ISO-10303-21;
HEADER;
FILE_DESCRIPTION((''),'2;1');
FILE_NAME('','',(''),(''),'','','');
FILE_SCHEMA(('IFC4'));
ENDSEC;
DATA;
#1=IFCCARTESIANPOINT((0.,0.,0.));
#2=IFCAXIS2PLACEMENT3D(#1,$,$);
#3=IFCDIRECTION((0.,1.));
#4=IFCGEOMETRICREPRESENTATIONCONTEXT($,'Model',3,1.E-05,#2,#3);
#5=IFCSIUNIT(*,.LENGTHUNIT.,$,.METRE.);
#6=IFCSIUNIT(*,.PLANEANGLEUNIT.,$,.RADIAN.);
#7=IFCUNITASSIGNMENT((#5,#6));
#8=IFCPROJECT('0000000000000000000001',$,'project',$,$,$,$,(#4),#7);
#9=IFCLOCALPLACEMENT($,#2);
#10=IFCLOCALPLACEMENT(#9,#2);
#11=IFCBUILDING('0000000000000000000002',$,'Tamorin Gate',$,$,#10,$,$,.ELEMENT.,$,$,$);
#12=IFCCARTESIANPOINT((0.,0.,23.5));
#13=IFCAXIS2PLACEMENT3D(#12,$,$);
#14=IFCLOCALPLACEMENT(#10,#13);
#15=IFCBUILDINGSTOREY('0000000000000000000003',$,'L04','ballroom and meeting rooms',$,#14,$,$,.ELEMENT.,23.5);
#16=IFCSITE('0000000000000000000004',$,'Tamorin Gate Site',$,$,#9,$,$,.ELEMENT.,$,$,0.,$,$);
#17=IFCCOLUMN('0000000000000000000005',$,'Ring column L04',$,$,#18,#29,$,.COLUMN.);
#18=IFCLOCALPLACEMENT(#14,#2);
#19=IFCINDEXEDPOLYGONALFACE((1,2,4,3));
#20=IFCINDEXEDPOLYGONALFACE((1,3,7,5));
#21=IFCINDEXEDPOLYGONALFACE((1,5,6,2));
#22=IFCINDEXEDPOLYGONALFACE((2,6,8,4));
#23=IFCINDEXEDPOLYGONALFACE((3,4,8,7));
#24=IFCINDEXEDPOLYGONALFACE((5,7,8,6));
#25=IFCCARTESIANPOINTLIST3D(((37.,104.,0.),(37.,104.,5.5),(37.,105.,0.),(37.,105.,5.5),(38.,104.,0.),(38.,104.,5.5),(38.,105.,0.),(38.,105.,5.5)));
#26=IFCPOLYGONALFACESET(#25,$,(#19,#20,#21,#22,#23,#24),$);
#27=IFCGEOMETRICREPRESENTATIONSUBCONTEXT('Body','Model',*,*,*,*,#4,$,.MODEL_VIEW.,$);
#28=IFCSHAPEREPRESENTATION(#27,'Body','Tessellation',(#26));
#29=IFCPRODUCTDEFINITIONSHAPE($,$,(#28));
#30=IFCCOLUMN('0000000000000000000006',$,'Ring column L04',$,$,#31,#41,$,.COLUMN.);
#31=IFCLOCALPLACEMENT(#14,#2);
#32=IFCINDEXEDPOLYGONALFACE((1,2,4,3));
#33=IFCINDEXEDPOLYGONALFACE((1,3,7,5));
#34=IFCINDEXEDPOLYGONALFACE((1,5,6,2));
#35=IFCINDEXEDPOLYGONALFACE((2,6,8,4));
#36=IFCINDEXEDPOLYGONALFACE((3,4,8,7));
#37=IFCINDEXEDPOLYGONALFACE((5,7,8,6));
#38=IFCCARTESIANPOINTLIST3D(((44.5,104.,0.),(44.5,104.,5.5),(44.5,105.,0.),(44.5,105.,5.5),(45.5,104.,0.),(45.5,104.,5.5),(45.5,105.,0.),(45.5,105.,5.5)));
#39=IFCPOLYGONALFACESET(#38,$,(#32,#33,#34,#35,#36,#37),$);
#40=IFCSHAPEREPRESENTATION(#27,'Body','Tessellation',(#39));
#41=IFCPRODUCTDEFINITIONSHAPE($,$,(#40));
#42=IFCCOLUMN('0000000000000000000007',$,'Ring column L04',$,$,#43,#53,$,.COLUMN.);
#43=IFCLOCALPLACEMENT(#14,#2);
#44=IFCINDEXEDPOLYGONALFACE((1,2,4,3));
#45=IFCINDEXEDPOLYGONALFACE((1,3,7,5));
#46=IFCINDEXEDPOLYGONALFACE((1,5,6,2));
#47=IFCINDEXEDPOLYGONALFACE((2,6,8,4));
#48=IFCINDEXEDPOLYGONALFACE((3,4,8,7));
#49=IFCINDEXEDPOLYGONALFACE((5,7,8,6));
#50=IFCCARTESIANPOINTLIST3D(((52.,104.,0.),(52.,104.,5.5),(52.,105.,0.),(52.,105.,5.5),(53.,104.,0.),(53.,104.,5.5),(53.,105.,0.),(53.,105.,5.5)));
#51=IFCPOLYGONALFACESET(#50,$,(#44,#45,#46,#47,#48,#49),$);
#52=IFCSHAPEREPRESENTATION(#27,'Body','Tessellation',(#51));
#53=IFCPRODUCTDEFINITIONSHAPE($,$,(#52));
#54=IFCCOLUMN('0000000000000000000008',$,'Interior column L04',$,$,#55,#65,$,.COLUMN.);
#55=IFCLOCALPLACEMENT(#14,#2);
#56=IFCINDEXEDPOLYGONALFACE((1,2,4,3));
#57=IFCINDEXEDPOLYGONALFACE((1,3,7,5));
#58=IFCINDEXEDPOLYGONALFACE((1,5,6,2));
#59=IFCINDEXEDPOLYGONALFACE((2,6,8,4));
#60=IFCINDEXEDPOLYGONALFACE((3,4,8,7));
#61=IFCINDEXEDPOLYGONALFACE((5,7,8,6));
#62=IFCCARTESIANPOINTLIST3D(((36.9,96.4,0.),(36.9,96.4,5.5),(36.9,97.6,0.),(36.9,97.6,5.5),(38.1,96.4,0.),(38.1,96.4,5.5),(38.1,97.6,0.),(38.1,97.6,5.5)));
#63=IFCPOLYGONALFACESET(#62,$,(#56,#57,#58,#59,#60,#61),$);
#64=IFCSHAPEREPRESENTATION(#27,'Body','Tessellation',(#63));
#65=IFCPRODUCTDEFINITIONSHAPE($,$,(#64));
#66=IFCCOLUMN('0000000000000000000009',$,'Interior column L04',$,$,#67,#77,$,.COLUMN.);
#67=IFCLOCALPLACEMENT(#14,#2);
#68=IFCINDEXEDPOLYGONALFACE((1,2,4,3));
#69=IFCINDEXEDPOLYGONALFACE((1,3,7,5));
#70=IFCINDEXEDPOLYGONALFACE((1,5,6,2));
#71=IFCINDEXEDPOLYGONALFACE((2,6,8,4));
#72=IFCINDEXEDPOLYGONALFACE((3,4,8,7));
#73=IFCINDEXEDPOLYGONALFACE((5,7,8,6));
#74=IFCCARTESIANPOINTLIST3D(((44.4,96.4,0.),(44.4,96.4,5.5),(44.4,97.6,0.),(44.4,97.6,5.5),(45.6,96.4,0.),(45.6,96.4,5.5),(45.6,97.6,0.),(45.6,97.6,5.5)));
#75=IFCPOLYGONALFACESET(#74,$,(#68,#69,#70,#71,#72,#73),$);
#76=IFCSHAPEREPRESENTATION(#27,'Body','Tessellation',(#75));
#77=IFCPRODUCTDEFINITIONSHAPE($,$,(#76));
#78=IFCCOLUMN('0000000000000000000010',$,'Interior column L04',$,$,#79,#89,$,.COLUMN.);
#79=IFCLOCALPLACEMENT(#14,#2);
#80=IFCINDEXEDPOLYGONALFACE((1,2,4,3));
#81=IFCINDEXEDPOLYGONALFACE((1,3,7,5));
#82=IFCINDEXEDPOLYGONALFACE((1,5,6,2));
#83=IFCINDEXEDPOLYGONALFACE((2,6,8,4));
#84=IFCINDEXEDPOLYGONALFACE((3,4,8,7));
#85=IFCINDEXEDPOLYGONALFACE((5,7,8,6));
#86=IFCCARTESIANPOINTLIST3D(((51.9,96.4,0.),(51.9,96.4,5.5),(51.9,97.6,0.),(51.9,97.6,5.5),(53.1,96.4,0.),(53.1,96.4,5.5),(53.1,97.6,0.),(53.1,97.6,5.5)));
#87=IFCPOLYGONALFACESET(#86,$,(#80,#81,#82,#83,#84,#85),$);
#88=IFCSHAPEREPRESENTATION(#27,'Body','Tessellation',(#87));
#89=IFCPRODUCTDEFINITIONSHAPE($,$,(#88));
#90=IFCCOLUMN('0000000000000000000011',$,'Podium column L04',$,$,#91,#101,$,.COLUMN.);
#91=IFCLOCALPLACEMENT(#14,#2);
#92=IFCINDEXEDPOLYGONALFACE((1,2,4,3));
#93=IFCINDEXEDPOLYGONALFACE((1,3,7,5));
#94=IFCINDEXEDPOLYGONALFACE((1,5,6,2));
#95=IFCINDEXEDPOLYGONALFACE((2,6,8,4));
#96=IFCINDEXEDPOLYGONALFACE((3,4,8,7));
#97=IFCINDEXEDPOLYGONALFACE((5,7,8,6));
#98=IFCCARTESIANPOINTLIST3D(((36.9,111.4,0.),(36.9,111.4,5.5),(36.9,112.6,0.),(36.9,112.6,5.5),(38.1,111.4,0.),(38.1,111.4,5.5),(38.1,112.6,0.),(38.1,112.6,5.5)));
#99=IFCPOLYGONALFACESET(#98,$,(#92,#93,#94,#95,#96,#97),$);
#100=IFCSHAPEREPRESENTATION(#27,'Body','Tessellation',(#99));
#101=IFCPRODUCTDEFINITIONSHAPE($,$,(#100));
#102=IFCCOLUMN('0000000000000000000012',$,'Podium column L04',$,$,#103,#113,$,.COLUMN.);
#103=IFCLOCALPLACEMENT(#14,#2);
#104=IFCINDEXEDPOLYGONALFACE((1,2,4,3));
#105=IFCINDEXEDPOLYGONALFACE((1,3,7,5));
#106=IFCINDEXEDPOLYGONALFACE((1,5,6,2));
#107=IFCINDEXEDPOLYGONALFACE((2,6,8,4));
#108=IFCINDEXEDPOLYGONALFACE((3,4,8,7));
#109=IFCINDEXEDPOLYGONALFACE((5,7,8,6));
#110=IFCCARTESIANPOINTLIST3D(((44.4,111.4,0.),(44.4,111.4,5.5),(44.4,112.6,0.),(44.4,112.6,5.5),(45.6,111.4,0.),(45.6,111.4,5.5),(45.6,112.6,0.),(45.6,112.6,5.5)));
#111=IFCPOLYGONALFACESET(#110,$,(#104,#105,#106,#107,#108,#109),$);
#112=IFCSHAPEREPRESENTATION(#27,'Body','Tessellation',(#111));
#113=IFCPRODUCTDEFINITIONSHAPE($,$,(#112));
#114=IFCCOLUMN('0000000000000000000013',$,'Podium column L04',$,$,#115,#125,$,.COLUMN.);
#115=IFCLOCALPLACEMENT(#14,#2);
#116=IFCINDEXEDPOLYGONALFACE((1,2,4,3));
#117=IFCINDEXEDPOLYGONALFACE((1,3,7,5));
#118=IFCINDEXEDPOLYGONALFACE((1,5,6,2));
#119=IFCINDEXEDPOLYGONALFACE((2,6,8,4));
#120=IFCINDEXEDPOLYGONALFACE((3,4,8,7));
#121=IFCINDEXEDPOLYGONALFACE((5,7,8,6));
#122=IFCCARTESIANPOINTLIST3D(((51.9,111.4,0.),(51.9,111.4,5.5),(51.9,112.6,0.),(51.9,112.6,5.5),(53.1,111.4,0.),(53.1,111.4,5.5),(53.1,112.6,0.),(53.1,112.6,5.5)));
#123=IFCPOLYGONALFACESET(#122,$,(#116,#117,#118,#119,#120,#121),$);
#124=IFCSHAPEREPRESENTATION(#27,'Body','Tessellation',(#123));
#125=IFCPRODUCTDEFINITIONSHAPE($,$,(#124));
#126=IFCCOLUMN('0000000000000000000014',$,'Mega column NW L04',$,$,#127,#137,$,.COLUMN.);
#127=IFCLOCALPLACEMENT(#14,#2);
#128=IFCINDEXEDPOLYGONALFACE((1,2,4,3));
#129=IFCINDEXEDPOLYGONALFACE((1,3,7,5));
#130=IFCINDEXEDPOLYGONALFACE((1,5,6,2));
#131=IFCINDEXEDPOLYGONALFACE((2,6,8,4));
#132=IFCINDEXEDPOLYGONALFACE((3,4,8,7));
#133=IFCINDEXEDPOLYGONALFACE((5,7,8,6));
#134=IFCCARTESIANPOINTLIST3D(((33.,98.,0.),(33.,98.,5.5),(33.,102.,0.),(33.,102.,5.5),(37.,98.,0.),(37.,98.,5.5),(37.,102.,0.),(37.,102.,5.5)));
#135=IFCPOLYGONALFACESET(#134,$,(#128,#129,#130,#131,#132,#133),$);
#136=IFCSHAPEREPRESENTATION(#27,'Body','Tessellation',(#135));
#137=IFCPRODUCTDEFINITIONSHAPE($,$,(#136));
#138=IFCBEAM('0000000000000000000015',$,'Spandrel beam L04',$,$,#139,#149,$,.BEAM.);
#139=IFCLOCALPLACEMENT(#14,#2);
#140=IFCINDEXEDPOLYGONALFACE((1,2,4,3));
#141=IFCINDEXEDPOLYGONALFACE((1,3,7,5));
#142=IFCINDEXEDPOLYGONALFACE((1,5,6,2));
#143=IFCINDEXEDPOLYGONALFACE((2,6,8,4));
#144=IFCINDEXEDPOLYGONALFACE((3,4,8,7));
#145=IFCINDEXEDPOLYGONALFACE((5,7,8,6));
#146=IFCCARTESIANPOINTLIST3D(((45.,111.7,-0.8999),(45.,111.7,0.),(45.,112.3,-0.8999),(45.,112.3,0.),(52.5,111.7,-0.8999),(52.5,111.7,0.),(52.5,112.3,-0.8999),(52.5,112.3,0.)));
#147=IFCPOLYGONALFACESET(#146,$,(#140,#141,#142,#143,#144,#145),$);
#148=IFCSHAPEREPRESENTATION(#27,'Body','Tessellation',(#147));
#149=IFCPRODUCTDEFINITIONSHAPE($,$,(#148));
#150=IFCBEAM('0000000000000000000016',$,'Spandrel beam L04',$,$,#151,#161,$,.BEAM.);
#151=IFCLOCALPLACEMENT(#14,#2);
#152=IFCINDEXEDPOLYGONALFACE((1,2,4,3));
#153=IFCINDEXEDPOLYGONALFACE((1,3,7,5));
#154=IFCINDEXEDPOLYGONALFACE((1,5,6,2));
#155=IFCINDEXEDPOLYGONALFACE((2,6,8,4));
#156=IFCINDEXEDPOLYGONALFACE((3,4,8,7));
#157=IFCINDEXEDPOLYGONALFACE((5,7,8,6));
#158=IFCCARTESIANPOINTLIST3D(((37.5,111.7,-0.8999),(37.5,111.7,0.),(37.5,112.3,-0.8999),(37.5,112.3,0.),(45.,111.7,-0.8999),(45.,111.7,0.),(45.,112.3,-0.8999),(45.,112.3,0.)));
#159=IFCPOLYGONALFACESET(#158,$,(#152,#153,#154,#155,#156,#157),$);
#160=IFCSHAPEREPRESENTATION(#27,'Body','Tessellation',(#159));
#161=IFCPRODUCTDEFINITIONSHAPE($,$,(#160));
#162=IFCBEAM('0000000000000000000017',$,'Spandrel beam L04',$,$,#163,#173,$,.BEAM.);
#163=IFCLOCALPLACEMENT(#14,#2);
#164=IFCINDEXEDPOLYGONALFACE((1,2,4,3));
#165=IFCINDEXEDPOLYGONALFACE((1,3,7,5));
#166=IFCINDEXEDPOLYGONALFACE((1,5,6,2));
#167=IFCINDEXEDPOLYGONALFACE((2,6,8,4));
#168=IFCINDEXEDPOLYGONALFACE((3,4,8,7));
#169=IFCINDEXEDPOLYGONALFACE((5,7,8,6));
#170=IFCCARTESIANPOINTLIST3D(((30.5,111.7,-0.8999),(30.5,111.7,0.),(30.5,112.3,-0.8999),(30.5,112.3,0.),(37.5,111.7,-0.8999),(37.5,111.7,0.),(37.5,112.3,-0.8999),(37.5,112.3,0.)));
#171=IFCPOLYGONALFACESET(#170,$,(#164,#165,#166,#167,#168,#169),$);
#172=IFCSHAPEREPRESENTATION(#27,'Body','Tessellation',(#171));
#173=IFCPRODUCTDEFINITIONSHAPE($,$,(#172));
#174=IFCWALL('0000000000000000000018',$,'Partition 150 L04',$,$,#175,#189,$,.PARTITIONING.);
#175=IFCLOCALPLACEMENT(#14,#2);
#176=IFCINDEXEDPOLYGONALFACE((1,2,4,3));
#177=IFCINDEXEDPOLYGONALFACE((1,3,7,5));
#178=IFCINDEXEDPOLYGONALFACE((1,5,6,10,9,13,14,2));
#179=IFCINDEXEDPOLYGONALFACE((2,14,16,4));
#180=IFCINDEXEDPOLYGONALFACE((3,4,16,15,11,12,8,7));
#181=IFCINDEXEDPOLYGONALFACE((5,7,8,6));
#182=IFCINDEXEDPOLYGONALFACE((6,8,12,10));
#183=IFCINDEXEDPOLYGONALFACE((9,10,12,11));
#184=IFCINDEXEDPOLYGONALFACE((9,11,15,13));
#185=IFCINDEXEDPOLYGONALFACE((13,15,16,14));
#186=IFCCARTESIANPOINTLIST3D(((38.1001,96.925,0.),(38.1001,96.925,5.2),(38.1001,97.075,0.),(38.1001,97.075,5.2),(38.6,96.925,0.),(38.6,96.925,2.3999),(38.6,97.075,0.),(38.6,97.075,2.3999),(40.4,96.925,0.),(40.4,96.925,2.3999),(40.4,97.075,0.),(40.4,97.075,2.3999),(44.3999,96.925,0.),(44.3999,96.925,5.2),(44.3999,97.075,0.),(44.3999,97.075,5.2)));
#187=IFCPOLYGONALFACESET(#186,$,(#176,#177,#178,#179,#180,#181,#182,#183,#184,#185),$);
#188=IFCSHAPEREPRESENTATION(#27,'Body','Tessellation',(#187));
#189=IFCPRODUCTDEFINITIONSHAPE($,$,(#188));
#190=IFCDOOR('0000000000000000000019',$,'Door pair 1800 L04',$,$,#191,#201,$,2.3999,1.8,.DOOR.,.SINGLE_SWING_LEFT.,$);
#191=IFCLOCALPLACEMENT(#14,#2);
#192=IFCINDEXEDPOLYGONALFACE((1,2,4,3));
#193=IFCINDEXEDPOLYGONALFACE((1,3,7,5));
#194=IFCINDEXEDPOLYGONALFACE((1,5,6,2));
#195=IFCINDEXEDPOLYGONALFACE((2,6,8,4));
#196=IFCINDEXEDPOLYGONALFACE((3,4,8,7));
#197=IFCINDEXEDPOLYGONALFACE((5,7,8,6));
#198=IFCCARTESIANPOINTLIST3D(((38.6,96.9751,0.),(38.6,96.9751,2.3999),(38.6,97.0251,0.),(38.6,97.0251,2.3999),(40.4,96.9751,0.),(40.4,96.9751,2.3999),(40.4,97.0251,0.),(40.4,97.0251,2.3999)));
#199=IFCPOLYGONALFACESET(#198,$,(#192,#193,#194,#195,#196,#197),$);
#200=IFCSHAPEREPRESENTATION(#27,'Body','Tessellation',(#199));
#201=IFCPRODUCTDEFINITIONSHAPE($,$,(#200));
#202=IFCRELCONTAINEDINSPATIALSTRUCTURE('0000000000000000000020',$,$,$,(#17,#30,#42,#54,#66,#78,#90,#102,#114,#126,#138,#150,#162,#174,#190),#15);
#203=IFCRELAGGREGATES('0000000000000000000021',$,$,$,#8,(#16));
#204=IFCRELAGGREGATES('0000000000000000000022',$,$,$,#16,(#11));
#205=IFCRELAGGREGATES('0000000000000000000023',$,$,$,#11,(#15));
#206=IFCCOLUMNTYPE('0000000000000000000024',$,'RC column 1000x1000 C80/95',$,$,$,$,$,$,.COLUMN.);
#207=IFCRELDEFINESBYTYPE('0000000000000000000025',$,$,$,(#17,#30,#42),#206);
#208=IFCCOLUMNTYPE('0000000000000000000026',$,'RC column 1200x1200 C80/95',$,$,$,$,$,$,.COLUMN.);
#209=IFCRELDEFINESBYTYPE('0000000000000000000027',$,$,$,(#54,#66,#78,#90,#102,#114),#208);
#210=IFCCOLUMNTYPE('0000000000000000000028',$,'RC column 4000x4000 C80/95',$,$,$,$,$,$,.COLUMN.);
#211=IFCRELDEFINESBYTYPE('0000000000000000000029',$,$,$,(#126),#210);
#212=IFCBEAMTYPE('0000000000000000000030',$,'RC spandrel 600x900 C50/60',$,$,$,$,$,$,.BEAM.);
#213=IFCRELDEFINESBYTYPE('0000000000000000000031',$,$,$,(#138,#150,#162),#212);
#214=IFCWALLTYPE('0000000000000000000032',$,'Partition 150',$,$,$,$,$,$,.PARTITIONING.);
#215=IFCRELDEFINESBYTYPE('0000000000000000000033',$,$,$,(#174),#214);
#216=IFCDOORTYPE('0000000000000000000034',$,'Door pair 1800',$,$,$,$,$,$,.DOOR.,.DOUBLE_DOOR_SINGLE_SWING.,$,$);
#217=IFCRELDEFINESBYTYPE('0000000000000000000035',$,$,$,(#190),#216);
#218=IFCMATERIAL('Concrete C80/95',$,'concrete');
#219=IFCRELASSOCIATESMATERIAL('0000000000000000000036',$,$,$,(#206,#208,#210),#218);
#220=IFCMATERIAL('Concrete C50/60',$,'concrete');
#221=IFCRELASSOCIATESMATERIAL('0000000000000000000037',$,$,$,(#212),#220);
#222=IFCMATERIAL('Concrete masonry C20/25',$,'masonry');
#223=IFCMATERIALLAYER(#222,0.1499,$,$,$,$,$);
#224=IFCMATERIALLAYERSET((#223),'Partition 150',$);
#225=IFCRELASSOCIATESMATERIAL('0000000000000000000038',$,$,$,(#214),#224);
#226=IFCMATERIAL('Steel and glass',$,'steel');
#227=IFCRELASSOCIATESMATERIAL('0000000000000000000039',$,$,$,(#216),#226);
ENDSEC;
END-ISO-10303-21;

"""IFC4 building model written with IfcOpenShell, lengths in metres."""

from ifc_helpers import new_model, si_unit, direction, frame, frame_2d, origin, origin_2d, place, context, subcontext, project, spatial, rectangle, extrude, material, layer, layer_set, material_profile, profile_set, type_object, element, fill, save


model = new_model("IFC4")

# Units and contexts
model_context = context("Model", 3, precision=1e-05, world=origin(), true_north=direction((0.0, 1.0)))
body_context = subcontext(model_context, "Body", "Model", "MODEL_VIEW")
ifc_project = project(units=[si_unit("LENGTHUNIT", "METRE"), si_unit("PLANEANGLEUNIT", "RADIAN")], contexts=[model_context])

# Site, building, storey
site_placement = place(None, origin())
site = spatial("IfcSite", under=ifc_project, at=site_placement, Name="Tamorin Gate Site", CompositionType="ELEMENT", RefElevation=0.0)
building_placement = place(site_placement, origin())
building = spatial("IfcBuilding", under=site, at=building_placement, Name="Tamorin Gate", CompositionType="ELEMENT")
storey_placement = place(building_placement, frame((0.0, 0.0, 23.5)))
storey = spatial("IfcBuildingStorey", under=building, at=storey_placement, Name="L04", Description="ballroom and meeting rooms", CompositionType="ELEMENT", Elevation=23.5)

# Columns
ifc_material_1 = material(Name="Concrete C80/95", Category="concrete")
ifc_material_profile_1 = material_profile(ifc_material_1, rectangle(XDim=1.0, YDim=1.0, at=origin_2d()), Name="RC 1000x1000")
ifc_profile_set_1 = profile_set([ifc_material_profile_1], Name="Concrete C80/95")
column_type_1 = type_object("IfcColumnType", Name="RC column 1000x1000 C80/95", PredefinedType="COLUMN", material=ifc_profile_set_1)
for number, where, z_axis, x_axis, name in (
    (1, (37.5, 104.5, 0.0), (0.0, 0.0, 1.0), (1.0, 0.0, 0.0), "Ring column L04"),
    (2, (45.0, 104.5, 0.0), (0.0, 0.0, 1.0), (1.0, 0.0, 0.0), "Ring column L04"),
    (3, (52.5, 104.5, 0.0), (0.0, 0.0, 1.0), (1.0, 0.0, 0.0), "Ring column L04"),
):
    element("IfcColumn", number, at=place(storey_placement, frame(where, z_axis=z_axis, x_axis=x_axis)), inside=storey, type_object=column_type_1, Name=name, PredefinedType="COLUMN", context=body_context, shape_type="SweptSolid", body=[
        extrude(rectangle(XDim=1.0, YDim=1.0, at=origin_2d()), origin(), (0.0, 0.0, 1.0), 5.5),
    ])
ifc_material_profile_2 = material_profile(ifc_material_1, rectangle(XDim=1.2, YDim=1.2, at=origin_2d()), Name="RC 1200x1200")
ifc_profile_set_2 = profile_set([ifc_material_profile_2], Name="Concrete C80/95")
column_type_2 = type_object("IfcColumnType", Name="RC column 1200x1200 C80/95", PredefinedType="COLUMN", material=ifc_profile_set_2)
for number, where, z_axis, x_axis, name in (
    (4, (37.5, 97.0, 0.0), (0.0, 0.0, 1.0), (1.0, 0.0, 0.0), "Interior column L04"),
    (5, (45.0, 97.0, 0.0), (0.0, 0.0, 1.0), (1.0, 0.0, 0.0), "Interior column L04"),
    (6, (52.5, 97.0, 0.0), (0.0, 0.0, 1.0), (1.0, 0.0, 0.0), "Interior column L04"),
    (7, (37.5, 112.0, 0.0), (0.0, 0.0, 1.0), (1.0, 0.0, 0.0), "Podium column L04"),
    (8, (45.0, 112.0, 0.0), (0.0, 0.0, 1.0), (1.0, 0.0, 0.0), "Podium column L04"),
    (9, (52.5, 112.0, 0.0), (0.0, 0.0, 1.0), (1.0, 0.0, 0.0), "Podium column L04"),
):
    element("IfcColumn", number, at=place(storey_placement, frame(where, z_axis=z_axis, x_axis=x_axis)), inside=storey, type_object=column_type_2, Name=name, PredefinedType="COLUMN", context=body_context, shape_type="SweptSolid", body=[
        extrude(rectangle(XDim=1.2, YDim=1.2, at=origin_2d()), origin(), (0.0, 0.0, 1.0), 5.5),
    ])
ifc_material_profile_3 = material_profile(ifc_material_1, rectangle(XDim=4.0, YDim=4.0, at=origin_2d()), Name="RC 4000x4000")
ifc_profile_set_3 = profile_set([ifc_material_profile_3], Name="Concrete C80/95")
column_type_3 = type_object("IfcColumnType", Name="RC column 4000x4000 C80/95", PredefinedType="COLUMN", material=ifc_profile_set_3)
column_placement = place(storey_placement, frame((35.0, 100.0, 0.0), z_axis=(0.0, 0.0, 1.0), x_axis=(1.0, 0.0, 0.0)))
element("IfcColumn", 10, at=column_placement, inside=storey, type_object=column_type_3, Name="Mega column NW L04", PredefinedType="COLUMN", context=body_context, shape_type="SweptSolid", body=[
    extrude(rectangle(XDim=4.0, YDim=4.0, at=origin_2d()), origin(), (0.0, 0.0, 1.0), 5.5),
])

# Beams
ifc_material_2 = material(Name="Concrete C50/60", Category="concrete")
ifc_material_profile_4 = material_profile(ifc_material_2, rectangle(XDim=0.6001, YDim=0.8999, at=origin_2d()), Name="RC 600x900")
ifc_profile_set_4 = profile_set([ifc_material_profile_4], Name="Concrete C50/60")
beam_type = type_object("IfcBeamType", Name="RC spandrel 600x900 C50/60", PredefinedType="BEAM", material=ifc_profile_set_4)
for number, where, z_axis, x_axis, name in (
    (11, (52.5, 112.0, -0.45), (-1.0, 0.0, 0.0), (0.0, -1.0, 0.0), "Spandrel beam L04"),
    (12, (45.0, 112.0, -0.45), (-1.0, 0.0, 0.0), (0.0, -1.0, 0.0), "Spandrel beam L04"),
):
    element("IfcBeam", number, at=place(storey_placement, frame(where, z_axis=z_axis, x_axis=x_axis)), inside=storey, type_object=beam_type, Name=name, PredefinedType="BEAM", context=body_context, shape_type="SweptSolid", body=[
        extrude(rectangle(XDim=0.6001, YDim=0.8999, at=origin_2d()), origin(), (0.0, 0.0, 1.0), 7.5),
    ])
beam_placement = place(storey_placement, frame((37.5, 112.0, -0.45), z_axis=(-1.0, 0.0, 0.0), x_axis=(0.0, -1.0, 0.0)))
element("IfcBeam", 13, at=beam_placement, inside=storey, type_object=beam_type, Name="Spandrel beam L04", PredefinedType="BEAM", context=body_context, shape_type="SweptSolid", body=[
    extrude(rectangle(XDim=0.6001, YDim=0.8999, at=origin_2d()), origin(), (0.0, 0.0, 1.0), 7.0),
])

# Wall, opening, door
ifc_material_3 = material(Name="Concrete masonry C20/25", Category="masonry")
ifc_layer_1 = layer(ifc_material_3, 0.1499)
ifc_layer_set_1 = layer_set([ifc_layer_1], Name="Partition 150")
wall_type_1 = type_object("IfcWallType", Name="Partition 150", PredefinedType="PARTITIONING", material=ifc_layer_set_1)
wall_1_placement = place(storey_placement, frame((44.3999, 97.0, 0.0), z_axis=(0.0, 0.0, 1.0), x_axis=(-1.0, 0.0, 0.0)))
wall_1 = element("IfcWall", 14, at=wall_1_placement, inside=storey, type_object=wall_type_1, Name="Partition 150 L04", PredefinedType="PARTITIONING", context=body_context, shape_type="SweptSolid", body=[
    extrude(rectangle(XDim=6.2998, YDim=0.1499, at=frame_2d((3.1499, 0.0))), origin(), (0.0, 0.0, 1.0), 5.2),
])
opening_1_placement = place(wall_1_placement, frame((4.0, 0.0, 0.0)))
opening_1 = element("IfcOpeningElement", 15, at=opening_1_placement, cuts=wall_1, PredefinedType="OPENING", context=body_context, shape_type="SweptSolid", body=[
    extrude(rectangle(XDim=1.8, YDim=2.3999, at=frame_2d((0.8999, 1.2))), frame((0.0, 0.085, 0.0), z_axis=(0.0, -1.0, 0.0), x_axis=(1.0, 0.0, 0.0)), (0.0, 0.0, 1.0), 0.1699),
])
ifc_material_4 = material(Name="Steel and glass", Category="steel")
door_type = type_object("IfcDoorType", Name="Door pair 1800", OperationType="DOUBLE_DOOR_SINGLE_SWING", PredefinedType="DOOR", material=ifc_material_4)
door_1_placement = place(opening_1_placement, origin())
door_1 = element("IfcDoor", 16, at=door_1_placement, inside=storey, type_object=door_type, Name="Door pair 1800 L04", OperationType="SINGLE_SWING_LEFT", OverallHeight=2.3999, OverallWidth=1.8, PredefinedType="DOOR", context=body_context, shape_type="SweptSolid", body=[
    extrude(rectangle(XDim=1.8, YDim=2.3999, at=frame_2d((0.8999, 1.2))), frame((0.0, 0.0249, 0.0), z_axis=(0.0, -1.0, 0.0), x_axis=(1.0, 0.0, 0.0)), (0.0, 0.0, 1.0), 0.05),
])
fill(opening_1, door_1)

save(model, "model.ifc")
